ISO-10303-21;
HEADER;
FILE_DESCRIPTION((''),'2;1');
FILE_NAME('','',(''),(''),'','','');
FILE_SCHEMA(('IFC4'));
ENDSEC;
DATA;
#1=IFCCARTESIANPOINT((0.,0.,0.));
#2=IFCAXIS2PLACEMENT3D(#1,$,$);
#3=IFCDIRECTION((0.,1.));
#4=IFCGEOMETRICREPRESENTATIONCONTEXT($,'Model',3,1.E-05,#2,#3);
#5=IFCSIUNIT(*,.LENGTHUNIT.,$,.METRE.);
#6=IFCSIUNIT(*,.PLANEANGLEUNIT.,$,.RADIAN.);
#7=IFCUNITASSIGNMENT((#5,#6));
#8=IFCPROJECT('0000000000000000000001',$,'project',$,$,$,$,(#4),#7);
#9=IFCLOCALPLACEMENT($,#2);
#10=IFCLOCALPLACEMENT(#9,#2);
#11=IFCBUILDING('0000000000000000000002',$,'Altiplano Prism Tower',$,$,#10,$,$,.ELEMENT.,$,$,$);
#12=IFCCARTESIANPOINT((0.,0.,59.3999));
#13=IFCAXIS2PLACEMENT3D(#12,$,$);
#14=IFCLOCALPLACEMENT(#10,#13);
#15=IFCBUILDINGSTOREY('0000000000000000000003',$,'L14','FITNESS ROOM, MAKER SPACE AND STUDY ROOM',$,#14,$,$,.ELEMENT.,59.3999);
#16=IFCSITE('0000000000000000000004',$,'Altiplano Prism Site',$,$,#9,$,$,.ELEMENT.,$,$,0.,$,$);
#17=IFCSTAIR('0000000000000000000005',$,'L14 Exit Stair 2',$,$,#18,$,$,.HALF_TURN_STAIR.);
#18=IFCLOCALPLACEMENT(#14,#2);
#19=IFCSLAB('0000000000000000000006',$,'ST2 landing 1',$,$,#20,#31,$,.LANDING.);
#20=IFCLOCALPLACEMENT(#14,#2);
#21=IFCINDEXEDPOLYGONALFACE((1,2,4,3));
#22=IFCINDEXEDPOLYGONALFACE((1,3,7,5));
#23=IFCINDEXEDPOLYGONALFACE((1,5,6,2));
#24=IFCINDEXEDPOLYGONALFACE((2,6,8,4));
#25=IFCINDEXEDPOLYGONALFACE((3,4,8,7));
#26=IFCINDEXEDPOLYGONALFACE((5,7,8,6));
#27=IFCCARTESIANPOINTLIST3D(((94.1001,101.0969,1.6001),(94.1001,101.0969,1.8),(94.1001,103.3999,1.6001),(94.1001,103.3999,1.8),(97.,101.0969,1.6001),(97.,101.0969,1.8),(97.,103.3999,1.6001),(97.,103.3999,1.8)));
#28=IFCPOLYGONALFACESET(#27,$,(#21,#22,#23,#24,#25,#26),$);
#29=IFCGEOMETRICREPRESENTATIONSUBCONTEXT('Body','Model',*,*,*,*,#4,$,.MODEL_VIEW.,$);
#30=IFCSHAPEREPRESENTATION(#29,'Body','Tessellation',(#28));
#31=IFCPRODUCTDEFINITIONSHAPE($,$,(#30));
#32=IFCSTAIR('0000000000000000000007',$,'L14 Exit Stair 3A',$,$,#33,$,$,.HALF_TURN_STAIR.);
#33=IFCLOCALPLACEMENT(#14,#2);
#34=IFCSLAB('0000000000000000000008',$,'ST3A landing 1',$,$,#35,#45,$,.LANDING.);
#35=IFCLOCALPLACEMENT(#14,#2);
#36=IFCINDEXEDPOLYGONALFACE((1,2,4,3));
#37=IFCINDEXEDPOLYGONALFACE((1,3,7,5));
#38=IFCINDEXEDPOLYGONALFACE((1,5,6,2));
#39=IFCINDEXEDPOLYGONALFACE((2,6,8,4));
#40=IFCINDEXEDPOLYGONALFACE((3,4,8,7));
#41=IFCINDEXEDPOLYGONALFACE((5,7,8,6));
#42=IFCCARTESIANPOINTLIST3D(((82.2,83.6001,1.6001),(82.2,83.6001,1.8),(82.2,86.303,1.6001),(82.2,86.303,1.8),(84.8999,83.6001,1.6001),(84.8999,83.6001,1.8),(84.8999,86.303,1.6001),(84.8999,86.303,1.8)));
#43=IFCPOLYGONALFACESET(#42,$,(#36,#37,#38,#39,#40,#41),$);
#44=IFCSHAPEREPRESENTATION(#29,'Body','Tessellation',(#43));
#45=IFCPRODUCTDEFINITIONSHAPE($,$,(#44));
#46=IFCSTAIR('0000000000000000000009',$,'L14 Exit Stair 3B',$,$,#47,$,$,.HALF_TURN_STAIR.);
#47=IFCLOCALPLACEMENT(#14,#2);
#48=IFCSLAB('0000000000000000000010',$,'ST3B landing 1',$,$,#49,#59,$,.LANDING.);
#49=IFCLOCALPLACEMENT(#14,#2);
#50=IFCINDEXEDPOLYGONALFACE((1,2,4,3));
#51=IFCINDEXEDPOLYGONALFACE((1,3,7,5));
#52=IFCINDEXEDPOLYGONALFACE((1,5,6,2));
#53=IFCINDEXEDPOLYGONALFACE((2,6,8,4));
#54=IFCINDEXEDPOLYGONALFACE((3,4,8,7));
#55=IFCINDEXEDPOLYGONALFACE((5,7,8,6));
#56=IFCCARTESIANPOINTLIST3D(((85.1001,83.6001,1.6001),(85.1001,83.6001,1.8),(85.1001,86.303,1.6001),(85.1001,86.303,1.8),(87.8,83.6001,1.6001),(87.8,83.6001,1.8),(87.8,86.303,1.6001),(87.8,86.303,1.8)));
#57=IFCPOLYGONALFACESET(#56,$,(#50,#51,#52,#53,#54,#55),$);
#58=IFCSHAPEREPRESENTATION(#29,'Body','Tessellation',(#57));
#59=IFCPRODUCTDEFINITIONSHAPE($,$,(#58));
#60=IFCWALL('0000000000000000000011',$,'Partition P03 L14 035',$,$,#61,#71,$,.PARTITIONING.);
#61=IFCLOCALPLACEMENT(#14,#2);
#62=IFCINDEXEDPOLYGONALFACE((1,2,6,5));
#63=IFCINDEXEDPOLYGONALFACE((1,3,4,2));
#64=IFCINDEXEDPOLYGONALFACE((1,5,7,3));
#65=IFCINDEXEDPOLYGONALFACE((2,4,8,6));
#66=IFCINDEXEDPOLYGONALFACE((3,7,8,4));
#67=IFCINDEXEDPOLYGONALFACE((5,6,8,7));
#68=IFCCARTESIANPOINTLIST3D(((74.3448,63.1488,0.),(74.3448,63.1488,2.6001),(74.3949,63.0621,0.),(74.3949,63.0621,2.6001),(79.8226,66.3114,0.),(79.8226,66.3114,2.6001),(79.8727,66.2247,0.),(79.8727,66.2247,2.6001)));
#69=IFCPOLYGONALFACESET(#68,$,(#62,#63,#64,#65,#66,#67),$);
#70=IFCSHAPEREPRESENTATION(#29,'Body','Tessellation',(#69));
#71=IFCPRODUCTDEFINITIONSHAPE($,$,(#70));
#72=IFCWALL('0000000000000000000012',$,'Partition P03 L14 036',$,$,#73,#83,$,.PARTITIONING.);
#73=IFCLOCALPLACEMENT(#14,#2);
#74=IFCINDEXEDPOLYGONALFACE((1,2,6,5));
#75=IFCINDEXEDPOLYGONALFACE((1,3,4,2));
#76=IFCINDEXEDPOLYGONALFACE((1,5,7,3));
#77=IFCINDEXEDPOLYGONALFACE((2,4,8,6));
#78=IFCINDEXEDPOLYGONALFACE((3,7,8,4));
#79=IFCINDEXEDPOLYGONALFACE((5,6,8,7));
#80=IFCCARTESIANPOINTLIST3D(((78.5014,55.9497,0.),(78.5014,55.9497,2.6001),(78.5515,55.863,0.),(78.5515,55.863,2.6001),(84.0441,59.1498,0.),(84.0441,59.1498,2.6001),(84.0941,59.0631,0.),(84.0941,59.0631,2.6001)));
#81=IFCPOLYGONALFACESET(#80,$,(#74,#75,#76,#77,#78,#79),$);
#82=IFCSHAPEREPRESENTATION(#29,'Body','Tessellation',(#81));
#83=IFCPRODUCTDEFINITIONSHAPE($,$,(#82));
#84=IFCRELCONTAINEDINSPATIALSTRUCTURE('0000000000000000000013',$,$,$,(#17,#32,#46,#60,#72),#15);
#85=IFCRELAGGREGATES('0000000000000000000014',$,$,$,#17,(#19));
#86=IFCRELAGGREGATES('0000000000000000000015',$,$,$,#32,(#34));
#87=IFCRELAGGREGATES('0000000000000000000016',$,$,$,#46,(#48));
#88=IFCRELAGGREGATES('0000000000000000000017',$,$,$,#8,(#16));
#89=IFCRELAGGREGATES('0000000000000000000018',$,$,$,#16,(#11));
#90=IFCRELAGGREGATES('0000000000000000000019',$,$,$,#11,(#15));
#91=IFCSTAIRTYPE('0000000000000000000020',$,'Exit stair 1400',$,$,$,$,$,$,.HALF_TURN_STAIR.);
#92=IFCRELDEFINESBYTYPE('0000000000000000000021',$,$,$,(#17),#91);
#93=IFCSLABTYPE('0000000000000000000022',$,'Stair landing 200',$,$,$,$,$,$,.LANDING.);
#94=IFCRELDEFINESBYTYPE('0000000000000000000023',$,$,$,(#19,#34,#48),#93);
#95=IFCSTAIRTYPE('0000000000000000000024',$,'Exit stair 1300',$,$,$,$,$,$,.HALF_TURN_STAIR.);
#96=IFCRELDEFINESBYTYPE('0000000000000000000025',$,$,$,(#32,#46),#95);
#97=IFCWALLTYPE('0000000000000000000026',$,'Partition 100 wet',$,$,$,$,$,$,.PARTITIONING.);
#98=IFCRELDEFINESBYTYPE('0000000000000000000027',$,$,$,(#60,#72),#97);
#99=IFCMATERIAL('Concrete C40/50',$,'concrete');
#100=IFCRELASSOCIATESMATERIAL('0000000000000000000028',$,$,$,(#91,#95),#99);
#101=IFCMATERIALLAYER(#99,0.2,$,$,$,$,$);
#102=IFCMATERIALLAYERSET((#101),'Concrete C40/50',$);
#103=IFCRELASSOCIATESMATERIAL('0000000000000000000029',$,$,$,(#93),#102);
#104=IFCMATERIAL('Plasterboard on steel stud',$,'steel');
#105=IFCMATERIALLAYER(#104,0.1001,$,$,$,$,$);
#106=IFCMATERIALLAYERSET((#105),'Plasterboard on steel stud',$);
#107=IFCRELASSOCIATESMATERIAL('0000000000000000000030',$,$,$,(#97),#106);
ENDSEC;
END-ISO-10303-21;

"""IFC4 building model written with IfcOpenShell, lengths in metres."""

from ifc_helpers import new_model, si_unit, direction, frame, frame_2d, origin, place, context, subcontext, project, spatial, polyline, rectangle, outline, extrude, material, layer, layer_set, type_object, element, aggregate, save


model = new_model("IFC4")

# Units and contexts
model_context = context("Model", 3, precision=1e-05, world=origin(), true_north=direction((0.0, 1.0)))
body_context = subcontext(model_context, "Body", "Model", "MODEL_VIEW")
ifc_project = project(units=[si_unit("LENGTHUNIT", "METRE"), si_unit("PLANEANGLEUNIT", "RADIAN")], contexts=[model_context])

# Site, building, storey
site_placement = place(None, origin())
site = spatial("IfcSite", under=ifc_project, at=site_placement, Name="Altiplano Prism Site", CompositionType="ELEMENT", RefElevation=0.0)
building_placement = place(site_placement, origin())
building = spatial("IfcBuilding", under=site, at=building_placement, Name="Altiplano Prism Tower", CompositionType="ELEMENT")
storey_placement = place(building_placement, frame((0.0, 0.0, 59.3999)))
storey = spatial("IfcBuildingStorey", under=building, at=storey_placement, Name="L14", Description="FITNESS ROOM, MAKER SPACE AND STUDY ROOM", CompositionType="ELEMENT", Elevation=59.3999)

# Shared definitions
ifc_material_1 = material(Name="Concrete C40/50", Category="concrete")

# Stairs, slabs
stair_type_1 = type_object("IfcStairType", Name="Exit stair 1400", PredefinedType="HALF_TURN_STAIR", material=ifc_material_1)
ifc_layer_1 = layer(ifc_material_1, 0.2)
ifc_layer_set_1 = layer_set([ifc_layer_1], Name="Concrete C40/50")
slab_type_1 = type_object("IfcSlabType", Name="Stair landing 200", PredefinedType="LANDING", material=ifc_layer_set_1)
stair_1_placement = place(storey_placement, origin())
stair_1 = element("IfcStair", 1, at=stair_1_placement, inside=storey, type_object=stair_type_1, Name="L14 Exit Stair 2", PredefinedType="HALF_TURN_STAIR")
slab_1_placement = place(storey_placement, frame((0.0, 0.0, 1.6001)))
slab_1 = element("IfcSlab", 2, at=slab_1_placement, type_object=slab_type_1, Name="ST2 landing 1", PredefinedType="LANDING", context=body_context, shape_type="SweptSolid", body=[
    extrude(outline(polyline([(97.0, 101.0969), (97.0, 103.3999), (94.1001, 103.3999), (94.1001, 101.0969), (97.0, 101.0969)])), origin(), (0.0, 0.0, 1.0), 0.2),
])
aggregate(stair_1, [slab_1])
stair_type_2 = type_object("IfcStairType", Name="Exit stair 1300", PredefinedType="HALF_TURN_STAIR", material=ifc_material_1)
stair_2_placement = place(storey_placement, origin())
stair_2 = element("IfcStair", 3, at=stair_2_placement, inside=storey, type_object=stair_type_2, Name="L14 Exit Stair 3A", PredefinedType="HALF_TURN_STAIR")
slab_2_placement = place(storey_placement, frame((0.0, 0.0, 1.6001)))
slab_2 = element("IfcSlab", 4, at=slab_2_placement, type_object=slab_type_1, Name="ST3A landing 1", PredefinedType="LANDING", context=body_context, shape_type="SweptSolid", body=[
    extrude(outline(polyline([(82.2, 86.303), (82.2, 83.6001), (84.8999, 83.6001), (84.8999, 86.303), (82.2, 86.303)])), origin(), (0.0, 0.0, 1.0), 0.2),
])
aggregate(stair_2, [slab_2])
stair_3_placement = place(storey_placement, origin())
stair_3 = element("IfcStair", 5, at=stair_3_placement, inside=storey, type_object=stair_type_2, Name="L14 Exit Stair 3B", PredefinedType="HALF_TURN_STAIR")
slab_3_placement = place(storey_placement, frame((0.0, 0.0, 1.6001)))
slab_3 = element("IfcSlab", 6, at=slab_3_placement, type_object=slab_type_1, Name="ST3B landing 1", PredefinedType="LANDING", context=body_context, shape_type="SweptSolid", body=[
    extrude(outline(polyline([(85.1001, 86.303), (85.1001, 83.6001), (87.8, 83.6001), (87.8, 86.303), (85.1001, 86.303)])), origin(), (0.0, 0.0, 1.0), 0.2),
])
aggregate(stair_3, [slab_3])

# Walls
ifc_material_2 = material(Name="Plasterboard on steel stud", Category="steel")
ifc_layer_2 = layer(ifc_material_2, 0.1001)
ifc_layer_set_2 = layer_set([ifc_layer_2], Name="Plasterboard on steel stud")
wall_type = type_object("IfcWallType", Name="Partition 100 wet", PredefinedType="PARTITIONING", material=ifc_layer_set_2)
wall_1_placement = place(storey_placement, frame((74.3699, 63.1055, 0.0), z_axis=(0.0, 0.0, 1.0), x_axis=(0.866026, 0.5, 0.0)))
element("IfcWall", 7, at=wall_1_placement, inside=storey, type_object=wall_type, Name="Partition P03 L14 035", PredefinedType="PARTITIONING", context=body_context, shape_type="SweptSolid", body=[
    extrude(rectangle(XDim=6.3252, YDim=0.1001, at=frame_2d((3.1626, 0.0))), origin(), (0.0, 0.0, 1.0), 2.6001),
])
wall_2_placement = place(storey_placement, frame((78.5264, 55.9062, 0.0), z_axis=(0.0, 0.0, 1.0), x_axis=(0.866019, 0.500012, 0.0)))
element("IfcWall", 8, at=wall_2_placement, inside=storey, type_object=wall_type, Name="Partition P03 L14 036", PredefinedType="PARTITIONING", context=body_context, shape_type="SweptSolid", body=[
    extrude(rectangle(XDim=6.4001, YDim=0.1001, at=frame_2d((3.2002, 0.0))), origin(), (0.0, 0.0, 1.0), 2.6001),
])

save(model, "model.ifc")
